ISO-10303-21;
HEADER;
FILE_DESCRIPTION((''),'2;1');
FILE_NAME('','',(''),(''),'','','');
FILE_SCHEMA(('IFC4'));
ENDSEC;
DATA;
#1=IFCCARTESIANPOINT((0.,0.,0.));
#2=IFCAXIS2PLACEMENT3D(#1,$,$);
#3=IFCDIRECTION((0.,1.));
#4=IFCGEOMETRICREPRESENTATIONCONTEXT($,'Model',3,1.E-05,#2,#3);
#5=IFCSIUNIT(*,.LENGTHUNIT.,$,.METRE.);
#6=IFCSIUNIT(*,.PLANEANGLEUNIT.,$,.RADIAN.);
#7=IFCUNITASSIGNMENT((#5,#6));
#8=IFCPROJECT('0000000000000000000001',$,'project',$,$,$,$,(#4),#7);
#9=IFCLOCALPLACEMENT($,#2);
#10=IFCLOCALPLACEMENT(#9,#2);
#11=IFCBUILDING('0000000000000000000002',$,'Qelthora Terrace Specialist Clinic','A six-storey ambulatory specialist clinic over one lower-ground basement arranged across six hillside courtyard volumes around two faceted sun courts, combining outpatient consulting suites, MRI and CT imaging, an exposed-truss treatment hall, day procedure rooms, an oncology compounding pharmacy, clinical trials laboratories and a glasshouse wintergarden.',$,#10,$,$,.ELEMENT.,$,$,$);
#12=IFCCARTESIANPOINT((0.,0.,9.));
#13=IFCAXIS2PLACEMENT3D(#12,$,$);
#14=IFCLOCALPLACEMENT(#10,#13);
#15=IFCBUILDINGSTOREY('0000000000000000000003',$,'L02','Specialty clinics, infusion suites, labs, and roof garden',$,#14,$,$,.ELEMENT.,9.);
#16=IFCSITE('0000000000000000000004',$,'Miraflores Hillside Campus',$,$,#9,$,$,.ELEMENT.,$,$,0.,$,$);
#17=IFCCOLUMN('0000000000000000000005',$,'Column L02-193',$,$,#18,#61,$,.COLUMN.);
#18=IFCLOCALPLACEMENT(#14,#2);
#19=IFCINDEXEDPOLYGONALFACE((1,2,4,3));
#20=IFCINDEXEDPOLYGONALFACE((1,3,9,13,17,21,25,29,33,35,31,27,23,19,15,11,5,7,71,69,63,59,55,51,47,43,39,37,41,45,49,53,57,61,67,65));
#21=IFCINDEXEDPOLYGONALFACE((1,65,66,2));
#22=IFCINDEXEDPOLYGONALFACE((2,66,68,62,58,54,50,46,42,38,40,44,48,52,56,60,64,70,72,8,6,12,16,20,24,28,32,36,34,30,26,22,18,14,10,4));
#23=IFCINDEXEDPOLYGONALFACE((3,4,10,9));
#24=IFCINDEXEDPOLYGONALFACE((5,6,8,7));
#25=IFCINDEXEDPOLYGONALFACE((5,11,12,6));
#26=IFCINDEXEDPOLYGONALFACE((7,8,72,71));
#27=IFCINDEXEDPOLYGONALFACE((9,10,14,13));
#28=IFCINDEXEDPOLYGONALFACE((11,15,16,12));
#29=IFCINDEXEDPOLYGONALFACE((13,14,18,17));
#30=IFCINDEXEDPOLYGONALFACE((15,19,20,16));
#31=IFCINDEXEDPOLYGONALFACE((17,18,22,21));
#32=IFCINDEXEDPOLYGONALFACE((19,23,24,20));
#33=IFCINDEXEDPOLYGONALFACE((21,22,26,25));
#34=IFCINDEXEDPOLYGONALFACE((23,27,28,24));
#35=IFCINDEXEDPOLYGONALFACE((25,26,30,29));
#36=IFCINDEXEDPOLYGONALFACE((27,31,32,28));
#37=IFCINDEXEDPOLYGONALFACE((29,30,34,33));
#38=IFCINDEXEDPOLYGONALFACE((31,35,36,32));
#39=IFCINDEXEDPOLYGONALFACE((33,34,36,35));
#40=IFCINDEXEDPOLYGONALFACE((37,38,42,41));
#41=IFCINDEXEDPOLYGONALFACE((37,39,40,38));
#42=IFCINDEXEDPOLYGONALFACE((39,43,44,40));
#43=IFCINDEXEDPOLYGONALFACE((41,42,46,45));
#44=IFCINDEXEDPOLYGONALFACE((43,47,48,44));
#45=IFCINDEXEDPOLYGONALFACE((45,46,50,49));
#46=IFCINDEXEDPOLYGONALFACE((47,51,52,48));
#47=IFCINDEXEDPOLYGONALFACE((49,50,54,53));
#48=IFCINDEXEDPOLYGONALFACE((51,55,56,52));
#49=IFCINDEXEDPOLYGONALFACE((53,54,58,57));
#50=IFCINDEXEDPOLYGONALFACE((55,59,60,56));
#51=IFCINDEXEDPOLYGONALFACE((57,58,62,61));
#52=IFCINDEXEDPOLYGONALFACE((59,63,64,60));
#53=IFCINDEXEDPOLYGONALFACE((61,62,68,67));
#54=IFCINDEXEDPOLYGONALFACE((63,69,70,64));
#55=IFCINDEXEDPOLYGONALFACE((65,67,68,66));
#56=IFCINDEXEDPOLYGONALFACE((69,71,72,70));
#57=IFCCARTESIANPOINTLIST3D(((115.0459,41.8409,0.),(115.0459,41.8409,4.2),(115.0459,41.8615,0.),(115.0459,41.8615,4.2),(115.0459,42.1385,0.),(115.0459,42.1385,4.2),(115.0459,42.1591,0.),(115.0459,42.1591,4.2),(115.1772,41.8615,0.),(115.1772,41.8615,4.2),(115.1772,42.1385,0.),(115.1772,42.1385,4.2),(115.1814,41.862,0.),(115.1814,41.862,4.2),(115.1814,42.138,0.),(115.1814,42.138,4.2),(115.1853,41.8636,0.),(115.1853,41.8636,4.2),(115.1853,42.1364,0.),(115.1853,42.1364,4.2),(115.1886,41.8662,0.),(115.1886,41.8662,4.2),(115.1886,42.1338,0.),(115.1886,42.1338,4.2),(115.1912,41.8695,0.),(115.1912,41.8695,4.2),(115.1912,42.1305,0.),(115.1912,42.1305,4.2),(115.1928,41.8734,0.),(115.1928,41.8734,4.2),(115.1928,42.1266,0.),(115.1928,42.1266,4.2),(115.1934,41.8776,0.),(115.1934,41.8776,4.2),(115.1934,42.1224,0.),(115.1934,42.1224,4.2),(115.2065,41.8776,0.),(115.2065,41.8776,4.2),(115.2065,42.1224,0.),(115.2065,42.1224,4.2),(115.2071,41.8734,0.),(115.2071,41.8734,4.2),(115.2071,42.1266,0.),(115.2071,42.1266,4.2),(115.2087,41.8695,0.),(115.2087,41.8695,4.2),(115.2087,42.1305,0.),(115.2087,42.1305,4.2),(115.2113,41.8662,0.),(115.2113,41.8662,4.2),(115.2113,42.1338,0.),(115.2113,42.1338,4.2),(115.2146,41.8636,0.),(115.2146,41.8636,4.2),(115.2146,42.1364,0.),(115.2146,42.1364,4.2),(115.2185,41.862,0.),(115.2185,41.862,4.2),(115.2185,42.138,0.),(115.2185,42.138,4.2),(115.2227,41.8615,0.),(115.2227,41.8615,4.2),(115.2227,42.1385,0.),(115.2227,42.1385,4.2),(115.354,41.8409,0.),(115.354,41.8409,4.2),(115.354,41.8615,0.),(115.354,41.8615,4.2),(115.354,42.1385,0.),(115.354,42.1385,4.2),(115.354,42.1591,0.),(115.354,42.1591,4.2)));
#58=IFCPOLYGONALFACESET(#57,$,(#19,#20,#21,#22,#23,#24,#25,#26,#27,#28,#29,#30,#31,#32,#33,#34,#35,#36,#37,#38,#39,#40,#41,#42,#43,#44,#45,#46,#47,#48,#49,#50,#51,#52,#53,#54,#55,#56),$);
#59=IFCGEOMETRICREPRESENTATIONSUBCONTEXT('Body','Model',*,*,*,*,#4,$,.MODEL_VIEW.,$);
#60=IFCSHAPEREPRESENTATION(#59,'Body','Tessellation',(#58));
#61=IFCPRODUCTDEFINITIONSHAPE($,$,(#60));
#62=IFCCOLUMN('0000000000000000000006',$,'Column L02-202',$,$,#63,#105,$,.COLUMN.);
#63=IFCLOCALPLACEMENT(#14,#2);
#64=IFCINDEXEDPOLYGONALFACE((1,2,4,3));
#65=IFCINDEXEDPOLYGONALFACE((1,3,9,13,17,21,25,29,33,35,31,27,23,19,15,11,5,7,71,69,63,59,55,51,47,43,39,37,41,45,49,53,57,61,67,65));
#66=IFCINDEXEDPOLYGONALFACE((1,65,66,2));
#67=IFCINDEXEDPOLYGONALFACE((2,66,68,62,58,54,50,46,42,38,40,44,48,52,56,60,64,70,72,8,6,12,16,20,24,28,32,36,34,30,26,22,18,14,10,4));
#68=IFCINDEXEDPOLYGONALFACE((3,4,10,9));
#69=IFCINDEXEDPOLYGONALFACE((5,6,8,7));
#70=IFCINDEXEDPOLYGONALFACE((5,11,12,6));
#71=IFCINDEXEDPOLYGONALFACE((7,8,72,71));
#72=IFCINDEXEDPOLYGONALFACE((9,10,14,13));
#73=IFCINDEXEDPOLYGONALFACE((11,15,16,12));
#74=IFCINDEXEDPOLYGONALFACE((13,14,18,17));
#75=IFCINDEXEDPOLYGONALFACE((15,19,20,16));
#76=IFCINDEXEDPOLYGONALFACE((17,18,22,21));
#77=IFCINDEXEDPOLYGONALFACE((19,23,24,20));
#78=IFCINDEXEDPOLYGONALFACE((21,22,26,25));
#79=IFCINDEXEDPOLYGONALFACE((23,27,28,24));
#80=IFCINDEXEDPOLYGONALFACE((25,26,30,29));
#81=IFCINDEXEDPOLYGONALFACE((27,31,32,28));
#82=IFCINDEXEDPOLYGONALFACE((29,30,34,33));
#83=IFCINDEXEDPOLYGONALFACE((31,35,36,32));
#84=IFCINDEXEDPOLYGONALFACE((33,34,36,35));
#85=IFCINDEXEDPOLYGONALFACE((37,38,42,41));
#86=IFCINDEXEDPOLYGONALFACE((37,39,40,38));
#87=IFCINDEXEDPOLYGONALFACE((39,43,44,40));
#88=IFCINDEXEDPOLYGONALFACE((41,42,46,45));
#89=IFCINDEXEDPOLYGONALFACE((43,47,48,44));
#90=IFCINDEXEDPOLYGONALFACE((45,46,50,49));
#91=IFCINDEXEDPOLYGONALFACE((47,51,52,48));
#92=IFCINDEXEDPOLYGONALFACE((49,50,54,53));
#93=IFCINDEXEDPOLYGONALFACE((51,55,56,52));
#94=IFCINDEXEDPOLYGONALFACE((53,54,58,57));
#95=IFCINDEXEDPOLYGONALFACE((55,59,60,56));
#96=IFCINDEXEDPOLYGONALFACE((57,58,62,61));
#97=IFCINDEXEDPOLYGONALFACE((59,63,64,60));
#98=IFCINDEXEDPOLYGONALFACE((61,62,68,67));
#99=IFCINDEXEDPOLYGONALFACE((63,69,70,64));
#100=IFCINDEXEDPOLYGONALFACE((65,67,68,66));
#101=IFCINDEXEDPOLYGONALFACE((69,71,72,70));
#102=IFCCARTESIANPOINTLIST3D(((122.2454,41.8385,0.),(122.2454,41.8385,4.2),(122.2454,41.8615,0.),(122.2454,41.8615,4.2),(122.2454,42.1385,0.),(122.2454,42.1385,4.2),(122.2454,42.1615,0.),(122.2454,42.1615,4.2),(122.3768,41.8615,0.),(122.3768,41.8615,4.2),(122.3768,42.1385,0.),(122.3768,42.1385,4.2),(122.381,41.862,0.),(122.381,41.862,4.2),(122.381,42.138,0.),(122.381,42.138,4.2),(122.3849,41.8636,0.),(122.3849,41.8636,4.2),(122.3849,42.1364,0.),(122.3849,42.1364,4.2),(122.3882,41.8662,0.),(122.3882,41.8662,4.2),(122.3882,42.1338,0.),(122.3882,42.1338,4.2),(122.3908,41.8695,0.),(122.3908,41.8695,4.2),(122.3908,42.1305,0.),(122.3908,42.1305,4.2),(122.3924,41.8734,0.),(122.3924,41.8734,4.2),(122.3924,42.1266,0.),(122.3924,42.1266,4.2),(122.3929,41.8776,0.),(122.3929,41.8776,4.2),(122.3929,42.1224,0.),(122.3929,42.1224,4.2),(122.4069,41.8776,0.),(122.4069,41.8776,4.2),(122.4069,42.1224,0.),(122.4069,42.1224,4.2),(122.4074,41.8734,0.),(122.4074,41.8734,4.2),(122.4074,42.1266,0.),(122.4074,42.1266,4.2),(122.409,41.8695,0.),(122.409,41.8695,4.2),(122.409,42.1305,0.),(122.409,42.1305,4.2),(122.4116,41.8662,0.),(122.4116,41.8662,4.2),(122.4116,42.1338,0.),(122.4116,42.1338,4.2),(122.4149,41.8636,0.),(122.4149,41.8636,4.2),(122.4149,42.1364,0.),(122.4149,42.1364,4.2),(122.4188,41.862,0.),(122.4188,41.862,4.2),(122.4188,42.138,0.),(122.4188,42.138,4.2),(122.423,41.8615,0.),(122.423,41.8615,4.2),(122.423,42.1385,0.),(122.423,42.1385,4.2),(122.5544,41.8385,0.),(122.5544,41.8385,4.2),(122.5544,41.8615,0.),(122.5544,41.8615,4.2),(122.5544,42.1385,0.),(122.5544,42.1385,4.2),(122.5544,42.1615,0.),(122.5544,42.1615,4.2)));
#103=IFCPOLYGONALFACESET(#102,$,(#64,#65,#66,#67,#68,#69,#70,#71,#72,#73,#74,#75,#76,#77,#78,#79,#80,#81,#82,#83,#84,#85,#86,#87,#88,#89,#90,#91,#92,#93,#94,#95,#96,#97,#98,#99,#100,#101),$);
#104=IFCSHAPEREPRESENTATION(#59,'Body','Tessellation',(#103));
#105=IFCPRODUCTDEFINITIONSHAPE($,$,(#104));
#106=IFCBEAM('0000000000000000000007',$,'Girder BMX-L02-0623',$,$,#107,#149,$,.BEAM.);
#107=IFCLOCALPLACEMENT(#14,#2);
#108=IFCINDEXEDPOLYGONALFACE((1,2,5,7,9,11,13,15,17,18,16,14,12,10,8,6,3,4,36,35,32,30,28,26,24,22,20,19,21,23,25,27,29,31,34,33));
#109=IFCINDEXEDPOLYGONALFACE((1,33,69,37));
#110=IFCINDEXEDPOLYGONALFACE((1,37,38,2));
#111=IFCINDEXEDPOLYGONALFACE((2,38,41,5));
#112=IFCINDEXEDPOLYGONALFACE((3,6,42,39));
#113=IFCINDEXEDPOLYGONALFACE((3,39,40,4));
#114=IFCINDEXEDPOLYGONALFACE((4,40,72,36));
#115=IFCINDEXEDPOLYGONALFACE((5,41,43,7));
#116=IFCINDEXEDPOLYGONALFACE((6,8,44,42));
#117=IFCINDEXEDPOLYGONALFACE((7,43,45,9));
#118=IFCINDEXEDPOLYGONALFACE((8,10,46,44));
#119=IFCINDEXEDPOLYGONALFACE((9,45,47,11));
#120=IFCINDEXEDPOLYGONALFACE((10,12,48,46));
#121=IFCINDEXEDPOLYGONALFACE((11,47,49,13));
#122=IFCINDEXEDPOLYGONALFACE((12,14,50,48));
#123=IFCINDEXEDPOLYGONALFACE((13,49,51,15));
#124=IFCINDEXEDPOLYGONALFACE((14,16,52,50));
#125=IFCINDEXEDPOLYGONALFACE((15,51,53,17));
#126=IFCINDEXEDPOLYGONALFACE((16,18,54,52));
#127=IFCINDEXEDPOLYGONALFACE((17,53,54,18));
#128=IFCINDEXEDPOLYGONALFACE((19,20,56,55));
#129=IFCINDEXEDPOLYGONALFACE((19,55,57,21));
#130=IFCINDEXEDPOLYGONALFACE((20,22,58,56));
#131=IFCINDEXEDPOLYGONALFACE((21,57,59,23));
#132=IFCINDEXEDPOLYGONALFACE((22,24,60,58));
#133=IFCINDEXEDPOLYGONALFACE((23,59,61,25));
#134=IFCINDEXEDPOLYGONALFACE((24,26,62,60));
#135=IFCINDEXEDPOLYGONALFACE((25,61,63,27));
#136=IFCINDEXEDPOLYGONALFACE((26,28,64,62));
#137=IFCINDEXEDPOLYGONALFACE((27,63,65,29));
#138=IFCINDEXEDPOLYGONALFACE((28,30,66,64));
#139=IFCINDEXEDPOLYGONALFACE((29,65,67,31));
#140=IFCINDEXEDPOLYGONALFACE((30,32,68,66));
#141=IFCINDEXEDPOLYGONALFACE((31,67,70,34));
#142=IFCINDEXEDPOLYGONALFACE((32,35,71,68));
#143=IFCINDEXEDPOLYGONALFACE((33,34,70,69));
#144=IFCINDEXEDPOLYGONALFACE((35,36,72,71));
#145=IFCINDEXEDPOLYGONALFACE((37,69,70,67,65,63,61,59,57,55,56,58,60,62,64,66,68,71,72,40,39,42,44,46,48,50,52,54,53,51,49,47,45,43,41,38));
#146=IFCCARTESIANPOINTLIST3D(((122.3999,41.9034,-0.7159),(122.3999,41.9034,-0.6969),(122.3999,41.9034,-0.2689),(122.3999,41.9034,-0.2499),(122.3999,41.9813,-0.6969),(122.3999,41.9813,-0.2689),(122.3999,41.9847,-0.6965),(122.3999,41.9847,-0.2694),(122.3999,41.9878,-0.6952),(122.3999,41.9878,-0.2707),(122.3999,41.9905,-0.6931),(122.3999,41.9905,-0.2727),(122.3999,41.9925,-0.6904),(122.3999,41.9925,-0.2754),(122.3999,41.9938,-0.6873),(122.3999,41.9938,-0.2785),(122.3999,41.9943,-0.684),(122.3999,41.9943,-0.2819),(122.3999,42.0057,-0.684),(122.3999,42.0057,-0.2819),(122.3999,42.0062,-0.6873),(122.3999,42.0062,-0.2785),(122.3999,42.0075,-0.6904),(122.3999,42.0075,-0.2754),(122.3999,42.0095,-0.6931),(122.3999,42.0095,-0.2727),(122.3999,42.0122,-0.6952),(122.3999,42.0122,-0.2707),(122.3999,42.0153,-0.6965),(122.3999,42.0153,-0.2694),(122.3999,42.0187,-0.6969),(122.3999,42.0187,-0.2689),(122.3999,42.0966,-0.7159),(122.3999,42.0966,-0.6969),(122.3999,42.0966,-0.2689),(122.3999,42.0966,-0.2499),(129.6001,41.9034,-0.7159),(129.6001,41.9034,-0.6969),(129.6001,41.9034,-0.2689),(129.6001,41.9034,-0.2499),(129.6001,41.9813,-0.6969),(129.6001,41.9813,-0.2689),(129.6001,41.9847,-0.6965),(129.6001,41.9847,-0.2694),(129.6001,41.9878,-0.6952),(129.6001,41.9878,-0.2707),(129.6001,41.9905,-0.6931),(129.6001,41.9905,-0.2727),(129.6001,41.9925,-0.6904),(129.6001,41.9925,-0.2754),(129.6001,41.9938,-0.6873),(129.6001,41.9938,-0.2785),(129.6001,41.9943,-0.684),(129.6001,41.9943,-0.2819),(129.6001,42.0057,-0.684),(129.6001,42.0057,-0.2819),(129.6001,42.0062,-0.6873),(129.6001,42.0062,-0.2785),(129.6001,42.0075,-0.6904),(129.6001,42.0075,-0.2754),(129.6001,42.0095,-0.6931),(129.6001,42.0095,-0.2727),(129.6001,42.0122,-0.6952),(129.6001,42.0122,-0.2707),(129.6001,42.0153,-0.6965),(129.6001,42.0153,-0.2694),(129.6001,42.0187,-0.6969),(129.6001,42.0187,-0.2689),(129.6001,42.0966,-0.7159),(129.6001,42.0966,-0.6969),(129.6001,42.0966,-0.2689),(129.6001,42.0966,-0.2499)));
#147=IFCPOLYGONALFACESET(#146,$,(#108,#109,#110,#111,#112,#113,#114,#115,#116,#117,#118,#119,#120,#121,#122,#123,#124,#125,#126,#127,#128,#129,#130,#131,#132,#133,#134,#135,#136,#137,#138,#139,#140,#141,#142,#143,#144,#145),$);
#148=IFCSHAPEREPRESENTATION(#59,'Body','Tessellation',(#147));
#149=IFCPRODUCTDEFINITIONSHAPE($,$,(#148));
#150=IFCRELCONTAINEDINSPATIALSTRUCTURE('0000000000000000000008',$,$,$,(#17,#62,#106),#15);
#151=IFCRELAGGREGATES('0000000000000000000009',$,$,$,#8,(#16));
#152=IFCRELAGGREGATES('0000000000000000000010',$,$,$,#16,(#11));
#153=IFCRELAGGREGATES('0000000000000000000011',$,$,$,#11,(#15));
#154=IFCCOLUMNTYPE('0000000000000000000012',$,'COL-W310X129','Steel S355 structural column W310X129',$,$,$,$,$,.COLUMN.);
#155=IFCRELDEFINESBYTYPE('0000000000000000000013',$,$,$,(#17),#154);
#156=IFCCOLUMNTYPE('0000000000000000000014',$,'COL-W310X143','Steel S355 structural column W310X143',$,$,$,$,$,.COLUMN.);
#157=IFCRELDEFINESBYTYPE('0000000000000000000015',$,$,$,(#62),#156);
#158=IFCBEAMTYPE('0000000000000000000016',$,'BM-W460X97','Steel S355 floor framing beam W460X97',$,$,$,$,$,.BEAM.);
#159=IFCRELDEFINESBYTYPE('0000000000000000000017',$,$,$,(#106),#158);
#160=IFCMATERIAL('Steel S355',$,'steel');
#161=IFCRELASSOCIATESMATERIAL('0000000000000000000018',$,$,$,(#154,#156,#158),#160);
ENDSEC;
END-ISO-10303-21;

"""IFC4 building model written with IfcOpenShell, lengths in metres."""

from ifc_helpers import new_model, si_unit, direction, frame, origin, origin_2d, place, context, subcontext, project, spatial, i_section, extrude, material, material_profile, profile_set, type_object, element, save


model = new_model("IFC4")

# Units and contexts
model_context = context("Model", 3, precision=1e-05, world=origin(), true_north=direction((0.0, 1.0)))
body_context = subcontext(model_context, "Body", "Model", "MODEL_VIEW")
ifc_project = project(units=[si_unit("LENGTHUNIT", "METRE"), si_unit("PLANEANGLEUNIT", "RADIAN")], contexts=[model_context])

# Site, building, storey
site_placement = place(None, origin())
site = spatial("IfcSite", under=ifc_project, at=site_placement, Name="Miraflores Hillside Campus", CompositionType="ELEMENT", RefElevation=0.0)
building_placement = place(site_placement, origin())
building = spatial("IfcBuilding", under=site, at=building_placement, Name="Qelthora Terrace Specialist Clinic", Description="A six-storey ambulatory specialist clinic over one lower-ground basement arranged across six hillside courtyard volumes around two faceted sun courts, combining outpatient consulting suites, MRI and CT imaging, an exposed-truss treatment hall, day procedure rooms, an oncology compounding pharmacy, clinical trials laboratories and a glasshouse wintergarden.", CompositionType="ELEMENT")
storey_placement = place(building_placement, frame((0.0, 0.0, 9.0)))
storey = spatial("IfcBuildingStorey", under=building, at=storey_placement, Name="L02", Description="Specialty clinics, infusion suites, labs, and roof garden", CompositionType="ELEMENT", Elevation=9.0)

# Columns
ifc_material_1 = material(Name="Steel S355", Category="steel")
ifc_material_profile_1 = material_profile(ifc_material_1, i_section(OverallWidth=0.3081, OverallDepth=0.3181, WebThickness=0.0132, FlangeThickness=0.0205, FilletRadius=0.0161, at=origin_2d()), Name="W310X129")
ifc_profile_set_1 = profile_set([ifc_material_profile_1], Name="Steel S355")
column_type_1 = type_object("IfcColumnType", Name="COL-W310X129", Description="Steel S355 structural column W310X129", PredefinedType="COLUMN", material=ifc_profile_set_1)
column_1_placement = place(storey_placement, frame((115.2, 42.0, 0.0), z_axis=(0.0, 0.0, 1.0), x_axis=(1.0, 0.0, 0.0)))
element("IfcColumn", 1, at=column_1_placement, inside=storey, type_object=column_type_1, Name="Column L02-193", PredefinedType="COLUMN", context=body_context, shape_type="SweptSolid", body=[
    extrude(i_section(OverallWidth=0.3081, OverallDepth=0.3181, WebThickness=0.0132, FlangeThickness=0.0205, FilletRadius=0.0161, at=origin_2d()), origin(), (0.0, 0.0, 1.0), 4.2),
])
ifc_material_profile_2 = material_profile(ifc_material_1, i_section(OverallWidth=0.3091, OverallDepth=0.323, WebThickness=0.0139, FlangeThickness=0.0229, FilletRadius=0.0161, at=origin_2d()), Name="W310X143")
ifc_profile_set_2 = profile_set([ifc_material_profile_2], Name="Steel S355")
column_type_2 = type_object("IfcColumnType", Name="COL-W310X143", Description="Steel S355 structural column W310X143", PredefinedType="COLUMN", material=ifc_profile_set_2)
column_2_placement = place(storey_placement, frame((122.3999, 42.0, 0.0), z_axis=(0.0, 0.0, 1.0), x_axis=(1.0, 0.0, 0.0)))
element("IfcColumn", 2, at=column_2_placement, inside=storey, type_object=column_type_2, Name="Column L02-202", PredefinedType="COLUMN", context=body_context, shape_type="SweptSolid", body=[
    extrude(i_section(OverallWidth=0.3091, OverallDepth=0.323, WebThickness=0.0139, FlangeThickness=0.0229, FilletRadius=0.0161, at=origin_2d()), origin(), (0.0, 0.0, 1.0), 4.2),
])

# Beam
ifc_material_profile_3 = material_profile(ifc_material_1, i_section(OverallWidth=0.1931, OverallDepth=0.4661, WebThickness=0.0115, FlangeThickness=0.019, FilletRadius=0.0129, at=origin_2d()), Name="W460X97")
ifc_profile_set_3 = profile_set([ifc_material_profile_3], Name="Steel S355")
beam_type_1 = type_object("IfcBeamType", Name="BM-W460X97", Description="Steel S355 floor framing beam W460X97", PredefinedType="BEAM", material=ifc_profile_set_3)
beam_1_placement = place(storey_placement, frame((122.3999, 42.0, -0.4829), z_axis=(1.0, 0.0, 0.0), x_axis=(0.0, 1.0, 0.0)))
element("IfcBeam", 3, at=beam_1_placement, inside=storey, type_object=beam_type_1, Name="Girder BMX-L02-0623", PredefinedType="BEAM", context=body_context, shape_type="SweptSolid", body=[
    extrude(i_section(OverallWidth=0.1931, OverallDepth=0.4661, WebThickness=0.0115, FlangeThickness=0.019, FilletRadius=0.0129, at=origin_2d()), origin(), (0.0, 0.0, 1.0), 7.2002),
])

save(model, "model.ifc")
